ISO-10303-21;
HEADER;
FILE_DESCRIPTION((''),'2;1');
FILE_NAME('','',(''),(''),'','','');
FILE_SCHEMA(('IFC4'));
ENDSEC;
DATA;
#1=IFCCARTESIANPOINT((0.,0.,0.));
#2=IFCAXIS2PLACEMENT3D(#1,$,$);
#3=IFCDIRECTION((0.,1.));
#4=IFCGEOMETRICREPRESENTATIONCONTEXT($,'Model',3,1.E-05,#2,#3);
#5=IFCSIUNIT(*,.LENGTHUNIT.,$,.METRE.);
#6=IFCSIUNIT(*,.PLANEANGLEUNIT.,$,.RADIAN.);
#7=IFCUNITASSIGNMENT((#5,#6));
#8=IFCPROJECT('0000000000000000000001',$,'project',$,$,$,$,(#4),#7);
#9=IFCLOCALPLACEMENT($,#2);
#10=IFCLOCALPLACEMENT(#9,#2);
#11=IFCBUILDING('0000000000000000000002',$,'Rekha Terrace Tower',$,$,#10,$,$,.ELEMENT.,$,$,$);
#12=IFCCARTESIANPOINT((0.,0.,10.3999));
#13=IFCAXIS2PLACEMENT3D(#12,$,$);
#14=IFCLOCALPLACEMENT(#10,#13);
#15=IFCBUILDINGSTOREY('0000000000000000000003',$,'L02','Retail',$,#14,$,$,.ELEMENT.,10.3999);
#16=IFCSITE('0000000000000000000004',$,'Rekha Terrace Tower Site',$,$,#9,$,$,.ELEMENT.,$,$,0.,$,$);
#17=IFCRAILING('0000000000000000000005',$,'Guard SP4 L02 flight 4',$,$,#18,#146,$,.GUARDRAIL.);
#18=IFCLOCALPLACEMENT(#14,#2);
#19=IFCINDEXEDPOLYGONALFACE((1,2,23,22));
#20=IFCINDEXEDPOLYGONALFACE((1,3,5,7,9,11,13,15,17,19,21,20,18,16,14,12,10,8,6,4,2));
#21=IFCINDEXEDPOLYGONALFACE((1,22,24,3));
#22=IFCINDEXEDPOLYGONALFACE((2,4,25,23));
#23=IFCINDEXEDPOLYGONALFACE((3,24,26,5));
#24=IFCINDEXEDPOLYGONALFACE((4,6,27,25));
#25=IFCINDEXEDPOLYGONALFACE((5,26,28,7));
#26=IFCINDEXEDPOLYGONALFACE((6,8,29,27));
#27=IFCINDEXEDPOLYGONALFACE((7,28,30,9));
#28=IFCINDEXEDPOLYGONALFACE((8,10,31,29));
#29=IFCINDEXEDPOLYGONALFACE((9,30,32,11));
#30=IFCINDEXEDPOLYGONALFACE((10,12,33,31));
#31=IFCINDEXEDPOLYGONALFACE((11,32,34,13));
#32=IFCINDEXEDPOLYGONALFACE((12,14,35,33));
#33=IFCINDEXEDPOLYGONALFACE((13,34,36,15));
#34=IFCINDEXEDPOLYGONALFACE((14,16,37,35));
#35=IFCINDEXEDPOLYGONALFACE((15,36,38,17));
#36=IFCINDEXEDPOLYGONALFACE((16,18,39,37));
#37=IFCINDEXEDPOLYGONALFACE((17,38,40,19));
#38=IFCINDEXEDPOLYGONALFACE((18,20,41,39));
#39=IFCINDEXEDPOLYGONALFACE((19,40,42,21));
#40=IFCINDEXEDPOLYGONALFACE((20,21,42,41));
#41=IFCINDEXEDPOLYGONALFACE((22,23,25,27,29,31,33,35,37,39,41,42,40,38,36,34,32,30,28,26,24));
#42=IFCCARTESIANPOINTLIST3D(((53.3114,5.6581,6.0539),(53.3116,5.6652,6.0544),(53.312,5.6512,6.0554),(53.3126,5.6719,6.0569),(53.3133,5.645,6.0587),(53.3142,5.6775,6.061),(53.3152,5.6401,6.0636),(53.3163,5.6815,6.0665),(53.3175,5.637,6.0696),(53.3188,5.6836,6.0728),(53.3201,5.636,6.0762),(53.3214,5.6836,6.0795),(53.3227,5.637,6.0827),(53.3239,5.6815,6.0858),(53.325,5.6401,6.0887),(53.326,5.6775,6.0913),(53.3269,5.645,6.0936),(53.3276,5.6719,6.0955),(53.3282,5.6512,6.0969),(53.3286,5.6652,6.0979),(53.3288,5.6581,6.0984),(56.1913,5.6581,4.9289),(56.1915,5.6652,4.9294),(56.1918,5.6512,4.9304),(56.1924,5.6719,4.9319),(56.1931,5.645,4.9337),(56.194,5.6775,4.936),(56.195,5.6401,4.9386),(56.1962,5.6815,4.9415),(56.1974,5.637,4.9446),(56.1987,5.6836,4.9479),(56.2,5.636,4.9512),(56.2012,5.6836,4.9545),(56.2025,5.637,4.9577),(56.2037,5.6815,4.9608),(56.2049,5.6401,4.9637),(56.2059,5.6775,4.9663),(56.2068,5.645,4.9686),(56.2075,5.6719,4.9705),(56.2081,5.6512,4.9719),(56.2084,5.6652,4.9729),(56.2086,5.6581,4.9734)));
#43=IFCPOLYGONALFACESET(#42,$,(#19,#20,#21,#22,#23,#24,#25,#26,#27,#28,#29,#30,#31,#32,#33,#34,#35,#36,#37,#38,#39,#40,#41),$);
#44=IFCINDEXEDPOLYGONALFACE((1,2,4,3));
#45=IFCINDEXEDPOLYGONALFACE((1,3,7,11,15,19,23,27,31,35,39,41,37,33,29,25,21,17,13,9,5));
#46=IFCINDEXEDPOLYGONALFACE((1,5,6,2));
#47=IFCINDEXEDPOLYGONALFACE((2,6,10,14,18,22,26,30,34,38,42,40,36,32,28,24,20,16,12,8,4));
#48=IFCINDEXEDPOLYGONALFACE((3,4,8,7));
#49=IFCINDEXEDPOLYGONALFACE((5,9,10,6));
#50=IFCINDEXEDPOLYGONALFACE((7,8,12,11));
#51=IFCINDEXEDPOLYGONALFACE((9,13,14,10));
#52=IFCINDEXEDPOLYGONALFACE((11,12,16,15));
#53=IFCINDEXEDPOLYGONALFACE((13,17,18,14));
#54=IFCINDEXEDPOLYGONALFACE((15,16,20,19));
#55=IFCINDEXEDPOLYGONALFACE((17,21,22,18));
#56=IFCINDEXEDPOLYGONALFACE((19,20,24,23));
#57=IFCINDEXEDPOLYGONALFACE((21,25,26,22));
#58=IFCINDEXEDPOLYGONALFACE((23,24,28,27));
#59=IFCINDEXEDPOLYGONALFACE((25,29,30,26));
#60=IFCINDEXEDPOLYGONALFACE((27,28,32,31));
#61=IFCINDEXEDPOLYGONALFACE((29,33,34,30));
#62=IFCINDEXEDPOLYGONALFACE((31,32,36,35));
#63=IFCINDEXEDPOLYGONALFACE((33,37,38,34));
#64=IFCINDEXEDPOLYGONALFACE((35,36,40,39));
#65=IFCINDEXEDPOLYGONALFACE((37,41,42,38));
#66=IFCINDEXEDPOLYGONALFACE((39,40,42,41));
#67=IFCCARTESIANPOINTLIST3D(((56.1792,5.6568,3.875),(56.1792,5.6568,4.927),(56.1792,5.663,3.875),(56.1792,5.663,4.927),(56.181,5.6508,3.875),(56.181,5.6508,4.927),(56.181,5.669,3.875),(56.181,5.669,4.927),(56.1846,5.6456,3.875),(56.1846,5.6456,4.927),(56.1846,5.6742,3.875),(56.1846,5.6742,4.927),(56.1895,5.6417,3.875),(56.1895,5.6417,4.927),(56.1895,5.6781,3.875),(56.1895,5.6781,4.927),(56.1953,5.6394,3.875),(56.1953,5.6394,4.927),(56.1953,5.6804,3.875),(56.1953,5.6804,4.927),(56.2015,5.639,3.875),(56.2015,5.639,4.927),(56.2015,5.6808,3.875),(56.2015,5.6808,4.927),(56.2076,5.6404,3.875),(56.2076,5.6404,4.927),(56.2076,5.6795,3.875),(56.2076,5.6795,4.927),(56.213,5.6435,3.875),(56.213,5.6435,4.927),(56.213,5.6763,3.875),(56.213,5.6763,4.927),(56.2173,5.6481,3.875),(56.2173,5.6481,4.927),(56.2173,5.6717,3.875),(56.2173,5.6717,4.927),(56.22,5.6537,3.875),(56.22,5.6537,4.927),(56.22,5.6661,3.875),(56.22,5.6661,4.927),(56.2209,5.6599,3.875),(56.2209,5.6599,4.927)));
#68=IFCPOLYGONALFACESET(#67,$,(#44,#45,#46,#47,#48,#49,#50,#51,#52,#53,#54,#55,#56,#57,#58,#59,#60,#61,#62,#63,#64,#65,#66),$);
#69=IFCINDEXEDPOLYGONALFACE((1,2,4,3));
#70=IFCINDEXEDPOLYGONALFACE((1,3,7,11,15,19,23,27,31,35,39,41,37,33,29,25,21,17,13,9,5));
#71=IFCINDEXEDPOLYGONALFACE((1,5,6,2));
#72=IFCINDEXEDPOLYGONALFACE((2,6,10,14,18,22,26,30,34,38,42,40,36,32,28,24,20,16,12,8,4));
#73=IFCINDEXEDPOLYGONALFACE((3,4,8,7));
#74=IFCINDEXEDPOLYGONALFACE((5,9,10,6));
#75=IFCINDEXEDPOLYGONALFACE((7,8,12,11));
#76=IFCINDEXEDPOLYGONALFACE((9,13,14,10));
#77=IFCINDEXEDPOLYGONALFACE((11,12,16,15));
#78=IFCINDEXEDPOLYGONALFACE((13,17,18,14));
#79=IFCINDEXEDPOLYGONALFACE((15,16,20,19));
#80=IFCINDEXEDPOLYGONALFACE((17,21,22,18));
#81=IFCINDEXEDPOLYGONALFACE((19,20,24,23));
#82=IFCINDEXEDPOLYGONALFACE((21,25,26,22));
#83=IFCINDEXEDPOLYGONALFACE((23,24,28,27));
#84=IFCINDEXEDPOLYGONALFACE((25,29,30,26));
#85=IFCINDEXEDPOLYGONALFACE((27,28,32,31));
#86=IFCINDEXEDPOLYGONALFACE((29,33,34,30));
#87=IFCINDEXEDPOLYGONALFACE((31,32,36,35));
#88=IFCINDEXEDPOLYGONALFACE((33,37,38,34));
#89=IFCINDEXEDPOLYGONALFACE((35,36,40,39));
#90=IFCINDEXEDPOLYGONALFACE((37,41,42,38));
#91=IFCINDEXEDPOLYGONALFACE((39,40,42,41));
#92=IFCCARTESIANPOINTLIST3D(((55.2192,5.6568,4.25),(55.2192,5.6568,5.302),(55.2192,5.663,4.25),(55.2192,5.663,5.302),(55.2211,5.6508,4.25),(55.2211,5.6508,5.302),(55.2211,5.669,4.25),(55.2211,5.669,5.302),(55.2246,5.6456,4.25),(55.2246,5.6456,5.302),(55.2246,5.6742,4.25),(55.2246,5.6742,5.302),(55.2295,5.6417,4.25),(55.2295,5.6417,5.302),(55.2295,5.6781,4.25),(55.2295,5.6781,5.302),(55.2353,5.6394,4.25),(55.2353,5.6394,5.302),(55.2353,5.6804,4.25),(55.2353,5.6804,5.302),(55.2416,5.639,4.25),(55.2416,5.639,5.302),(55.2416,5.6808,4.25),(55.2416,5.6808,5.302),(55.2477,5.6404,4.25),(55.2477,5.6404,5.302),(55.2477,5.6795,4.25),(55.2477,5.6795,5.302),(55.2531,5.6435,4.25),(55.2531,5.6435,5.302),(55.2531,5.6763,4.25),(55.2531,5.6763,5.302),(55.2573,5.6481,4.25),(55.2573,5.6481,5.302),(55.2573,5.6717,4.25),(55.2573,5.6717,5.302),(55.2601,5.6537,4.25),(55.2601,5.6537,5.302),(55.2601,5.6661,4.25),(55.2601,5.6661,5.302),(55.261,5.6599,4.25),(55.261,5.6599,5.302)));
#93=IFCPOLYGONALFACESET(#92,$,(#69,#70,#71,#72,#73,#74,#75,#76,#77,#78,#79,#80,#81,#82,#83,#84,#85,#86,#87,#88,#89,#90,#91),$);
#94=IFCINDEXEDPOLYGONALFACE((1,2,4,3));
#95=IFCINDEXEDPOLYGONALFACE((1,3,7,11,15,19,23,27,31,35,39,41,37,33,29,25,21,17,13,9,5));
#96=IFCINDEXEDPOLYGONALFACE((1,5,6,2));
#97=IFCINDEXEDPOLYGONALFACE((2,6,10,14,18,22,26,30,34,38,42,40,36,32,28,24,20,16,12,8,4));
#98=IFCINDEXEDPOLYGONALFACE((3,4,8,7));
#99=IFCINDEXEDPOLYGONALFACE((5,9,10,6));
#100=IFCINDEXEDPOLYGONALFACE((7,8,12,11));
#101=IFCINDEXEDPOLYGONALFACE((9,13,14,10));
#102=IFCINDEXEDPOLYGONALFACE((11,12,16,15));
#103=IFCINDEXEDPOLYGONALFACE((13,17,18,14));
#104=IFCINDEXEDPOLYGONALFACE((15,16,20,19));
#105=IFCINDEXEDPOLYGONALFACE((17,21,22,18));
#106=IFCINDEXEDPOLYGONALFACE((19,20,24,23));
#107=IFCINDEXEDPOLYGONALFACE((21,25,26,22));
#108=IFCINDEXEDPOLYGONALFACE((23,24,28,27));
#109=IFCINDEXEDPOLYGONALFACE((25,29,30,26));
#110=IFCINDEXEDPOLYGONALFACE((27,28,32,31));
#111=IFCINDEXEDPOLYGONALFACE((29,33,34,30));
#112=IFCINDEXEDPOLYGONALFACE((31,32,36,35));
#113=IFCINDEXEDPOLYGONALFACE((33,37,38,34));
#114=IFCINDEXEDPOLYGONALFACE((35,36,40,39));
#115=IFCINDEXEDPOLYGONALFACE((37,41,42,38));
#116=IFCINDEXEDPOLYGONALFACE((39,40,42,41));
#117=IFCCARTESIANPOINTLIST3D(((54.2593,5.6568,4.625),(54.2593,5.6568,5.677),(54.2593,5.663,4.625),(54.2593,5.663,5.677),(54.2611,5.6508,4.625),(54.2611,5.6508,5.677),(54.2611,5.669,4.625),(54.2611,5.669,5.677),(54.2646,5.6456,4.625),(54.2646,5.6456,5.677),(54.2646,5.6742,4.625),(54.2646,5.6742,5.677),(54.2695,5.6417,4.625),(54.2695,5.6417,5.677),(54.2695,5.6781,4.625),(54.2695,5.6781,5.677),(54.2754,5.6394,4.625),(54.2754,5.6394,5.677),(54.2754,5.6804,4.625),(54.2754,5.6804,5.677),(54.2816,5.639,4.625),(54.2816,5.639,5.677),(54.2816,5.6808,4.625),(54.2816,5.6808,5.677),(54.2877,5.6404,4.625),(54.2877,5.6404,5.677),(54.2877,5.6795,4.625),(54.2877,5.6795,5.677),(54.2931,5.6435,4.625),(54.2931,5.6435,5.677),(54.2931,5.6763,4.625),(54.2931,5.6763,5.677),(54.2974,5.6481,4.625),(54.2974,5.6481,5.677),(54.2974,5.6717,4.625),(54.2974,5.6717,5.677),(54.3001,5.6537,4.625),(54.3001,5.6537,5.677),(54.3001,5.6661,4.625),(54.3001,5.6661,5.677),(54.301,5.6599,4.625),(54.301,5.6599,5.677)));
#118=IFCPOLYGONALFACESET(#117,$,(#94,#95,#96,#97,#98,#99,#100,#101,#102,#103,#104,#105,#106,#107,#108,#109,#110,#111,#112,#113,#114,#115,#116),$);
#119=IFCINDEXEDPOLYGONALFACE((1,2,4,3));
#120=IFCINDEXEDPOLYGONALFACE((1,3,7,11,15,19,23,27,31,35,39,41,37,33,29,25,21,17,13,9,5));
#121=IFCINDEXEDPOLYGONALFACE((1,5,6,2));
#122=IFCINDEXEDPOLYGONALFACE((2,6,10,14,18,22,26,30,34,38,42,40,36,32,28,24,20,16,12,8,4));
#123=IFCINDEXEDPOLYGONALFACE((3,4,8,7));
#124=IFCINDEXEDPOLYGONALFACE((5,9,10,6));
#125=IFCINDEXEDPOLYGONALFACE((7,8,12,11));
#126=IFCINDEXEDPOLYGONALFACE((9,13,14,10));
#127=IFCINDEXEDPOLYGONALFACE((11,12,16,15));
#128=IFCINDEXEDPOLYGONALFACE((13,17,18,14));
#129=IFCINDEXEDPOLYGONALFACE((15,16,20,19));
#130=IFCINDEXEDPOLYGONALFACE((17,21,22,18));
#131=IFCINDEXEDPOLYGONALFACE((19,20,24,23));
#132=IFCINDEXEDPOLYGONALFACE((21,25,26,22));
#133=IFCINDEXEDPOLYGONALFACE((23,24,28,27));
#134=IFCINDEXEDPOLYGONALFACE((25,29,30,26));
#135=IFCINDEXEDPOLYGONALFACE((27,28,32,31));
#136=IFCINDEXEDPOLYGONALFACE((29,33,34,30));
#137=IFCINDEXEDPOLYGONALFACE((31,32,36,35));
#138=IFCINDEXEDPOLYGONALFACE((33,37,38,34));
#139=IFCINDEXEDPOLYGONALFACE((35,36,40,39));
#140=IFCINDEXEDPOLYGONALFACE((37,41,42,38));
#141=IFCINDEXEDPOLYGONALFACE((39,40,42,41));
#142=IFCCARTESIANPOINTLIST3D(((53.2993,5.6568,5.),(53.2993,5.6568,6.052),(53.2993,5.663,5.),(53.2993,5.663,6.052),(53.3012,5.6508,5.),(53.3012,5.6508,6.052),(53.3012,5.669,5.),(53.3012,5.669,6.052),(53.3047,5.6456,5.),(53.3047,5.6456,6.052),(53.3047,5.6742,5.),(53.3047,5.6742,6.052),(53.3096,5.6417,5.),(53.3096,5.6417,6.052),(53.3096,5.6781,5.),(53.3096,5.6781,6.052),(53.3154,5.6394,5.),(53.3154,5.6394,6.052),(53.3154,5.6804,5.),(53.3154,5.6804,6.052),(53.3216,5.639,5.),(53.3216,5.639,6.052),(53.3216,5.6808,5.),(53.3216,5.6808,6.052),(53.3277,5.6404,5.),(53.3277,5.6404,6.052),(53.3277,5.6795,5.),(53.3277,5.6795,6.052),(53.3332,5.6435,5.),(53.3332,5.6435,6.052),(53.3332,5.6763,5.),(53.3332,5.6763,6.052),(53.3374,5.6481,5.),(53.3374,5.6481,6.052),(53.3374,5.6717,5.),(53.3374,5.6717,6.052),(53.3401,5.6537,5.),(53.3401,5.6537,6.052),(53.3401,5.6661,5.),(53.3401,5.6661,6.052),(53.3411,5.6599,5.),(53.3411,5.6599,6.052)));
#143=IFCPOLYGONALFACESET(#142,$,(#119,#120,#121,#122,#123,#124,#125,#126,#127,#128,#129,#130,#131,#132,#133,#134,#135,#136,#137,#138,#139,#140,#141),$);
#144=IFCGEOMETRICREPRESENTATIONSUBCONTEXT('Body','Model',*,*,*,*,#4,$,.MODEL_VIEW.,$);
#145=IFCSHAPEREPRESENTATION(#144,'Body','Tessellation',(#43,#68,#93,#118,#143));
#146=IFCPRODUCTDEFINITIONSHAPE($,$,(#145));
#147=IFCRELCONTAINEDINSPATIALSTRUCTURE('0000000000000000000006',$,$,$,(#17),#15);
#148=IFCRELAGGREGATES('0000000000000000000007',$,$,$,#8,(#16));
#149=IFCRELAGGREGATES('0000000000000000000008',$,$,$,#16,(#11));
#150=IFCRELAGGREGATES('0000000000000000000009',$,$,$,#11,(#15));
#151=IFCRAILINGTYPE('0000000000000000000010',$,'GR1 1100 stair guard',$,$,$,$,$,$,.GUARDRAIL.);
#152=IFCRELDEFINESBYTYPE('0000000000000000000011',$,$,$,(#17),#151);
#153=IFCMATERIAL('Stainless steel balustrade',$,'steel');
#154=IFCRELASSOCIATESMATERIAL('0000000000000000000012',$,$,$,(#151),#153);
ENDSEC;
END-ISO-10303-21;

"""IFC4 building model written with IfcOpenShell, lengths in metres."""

from ifc_helpers import new_model, si_unit, direction, frame, origin, origin_2d, place, context, subcontext, project, spatial, circle, extrude, material, type_object, element, save


model = new_model("IFC4")

# Units and contexts
model_context = context("Model", 3, precision=1e-05, world=origin(), true_north=direction((0.0, 1.0)))
body_context = subcontext(model_context, "Body", "Model", "MODEL_VIEW")
ifc_project = project(units=[si_unit("LENGTHUNIT", "METRE"), si_unit("PLANEANGLEUNIT", "RADIAN")], contexts=[model_context])

# Site, building, storey
site_placement = place(None, origin())
site = spatial("IfcSite", under=ifc_project, at=site_placement, Name="Rekha Terrace Tower Site", CompositionType="ELEMENT", RefElevation=0.0)
building_placement = place(site_placement, origin())
building = spatial("IfcBuilding", under=site, at=building_placement, Name="Rekha Terrace Tower", CompositionType="ELEMENT")
storey_placement = place(building_placement, frame((0.0, 0.0, 10.3999)))
storey = spatial("IfcBuildingStorey", under=building, at=storey_placement, Name="L02", Description="Retail", CompositionType="ELEMENT", Elevation=10.3999)

# Railing
ifc_material_1 = material(Name="Stainless steel balustrade", Category="steel")
railing_type_1 = type_object("IfcRailingType", Name="GR1 1100 stair guard", PredefinedType="GUARDRAIL", material=ifc_material_1)
railing_1_placement = place(storey_placement, frame((56.2, 5.6599, 3.875)))
element("IfcRailing", 1, at=railing_1_placement, inside=storey, type_object=railing_type_1, Name="Guard SP4 L02 flight 4", PredefinedType="GUARDRAIL", context=body_context, shape_type="SweptSolid", body=[
    extrude(circle(Radius=0.0239, at=origin_2d()), frame((0.0, 0.0, 1.0762), z_axis=(-0.931452, 0.0, 0.363863), x_axis=(0.0, -1.0, 0.0)), (0.0, 0.0, 1.0), 3.0918),
    extrude(circle(Radius=0.021, at=origin_2d()), origin(), (0.0, 0.0, 1.0), 1.052),
    extrude(circle(Radius=0.021, at=origin_2d()), frame((-0.96, 0.0, 0.375)), (0.0, 0.0, 1.0), 1.052),
    extrude(circle(Radius=0.021, at=origin_2d()), frame((-1.9199, 0.0, 0.75)), (0.0, 0.0, 1.0), 1.052),
    extrude(circle(Radius=0.021, at=origin_2d()), frame((-2.8799, 0.0, 1.125)), (0.0, 0.0, 1.0), 1.052),
])

save(model, "model.ifc")
